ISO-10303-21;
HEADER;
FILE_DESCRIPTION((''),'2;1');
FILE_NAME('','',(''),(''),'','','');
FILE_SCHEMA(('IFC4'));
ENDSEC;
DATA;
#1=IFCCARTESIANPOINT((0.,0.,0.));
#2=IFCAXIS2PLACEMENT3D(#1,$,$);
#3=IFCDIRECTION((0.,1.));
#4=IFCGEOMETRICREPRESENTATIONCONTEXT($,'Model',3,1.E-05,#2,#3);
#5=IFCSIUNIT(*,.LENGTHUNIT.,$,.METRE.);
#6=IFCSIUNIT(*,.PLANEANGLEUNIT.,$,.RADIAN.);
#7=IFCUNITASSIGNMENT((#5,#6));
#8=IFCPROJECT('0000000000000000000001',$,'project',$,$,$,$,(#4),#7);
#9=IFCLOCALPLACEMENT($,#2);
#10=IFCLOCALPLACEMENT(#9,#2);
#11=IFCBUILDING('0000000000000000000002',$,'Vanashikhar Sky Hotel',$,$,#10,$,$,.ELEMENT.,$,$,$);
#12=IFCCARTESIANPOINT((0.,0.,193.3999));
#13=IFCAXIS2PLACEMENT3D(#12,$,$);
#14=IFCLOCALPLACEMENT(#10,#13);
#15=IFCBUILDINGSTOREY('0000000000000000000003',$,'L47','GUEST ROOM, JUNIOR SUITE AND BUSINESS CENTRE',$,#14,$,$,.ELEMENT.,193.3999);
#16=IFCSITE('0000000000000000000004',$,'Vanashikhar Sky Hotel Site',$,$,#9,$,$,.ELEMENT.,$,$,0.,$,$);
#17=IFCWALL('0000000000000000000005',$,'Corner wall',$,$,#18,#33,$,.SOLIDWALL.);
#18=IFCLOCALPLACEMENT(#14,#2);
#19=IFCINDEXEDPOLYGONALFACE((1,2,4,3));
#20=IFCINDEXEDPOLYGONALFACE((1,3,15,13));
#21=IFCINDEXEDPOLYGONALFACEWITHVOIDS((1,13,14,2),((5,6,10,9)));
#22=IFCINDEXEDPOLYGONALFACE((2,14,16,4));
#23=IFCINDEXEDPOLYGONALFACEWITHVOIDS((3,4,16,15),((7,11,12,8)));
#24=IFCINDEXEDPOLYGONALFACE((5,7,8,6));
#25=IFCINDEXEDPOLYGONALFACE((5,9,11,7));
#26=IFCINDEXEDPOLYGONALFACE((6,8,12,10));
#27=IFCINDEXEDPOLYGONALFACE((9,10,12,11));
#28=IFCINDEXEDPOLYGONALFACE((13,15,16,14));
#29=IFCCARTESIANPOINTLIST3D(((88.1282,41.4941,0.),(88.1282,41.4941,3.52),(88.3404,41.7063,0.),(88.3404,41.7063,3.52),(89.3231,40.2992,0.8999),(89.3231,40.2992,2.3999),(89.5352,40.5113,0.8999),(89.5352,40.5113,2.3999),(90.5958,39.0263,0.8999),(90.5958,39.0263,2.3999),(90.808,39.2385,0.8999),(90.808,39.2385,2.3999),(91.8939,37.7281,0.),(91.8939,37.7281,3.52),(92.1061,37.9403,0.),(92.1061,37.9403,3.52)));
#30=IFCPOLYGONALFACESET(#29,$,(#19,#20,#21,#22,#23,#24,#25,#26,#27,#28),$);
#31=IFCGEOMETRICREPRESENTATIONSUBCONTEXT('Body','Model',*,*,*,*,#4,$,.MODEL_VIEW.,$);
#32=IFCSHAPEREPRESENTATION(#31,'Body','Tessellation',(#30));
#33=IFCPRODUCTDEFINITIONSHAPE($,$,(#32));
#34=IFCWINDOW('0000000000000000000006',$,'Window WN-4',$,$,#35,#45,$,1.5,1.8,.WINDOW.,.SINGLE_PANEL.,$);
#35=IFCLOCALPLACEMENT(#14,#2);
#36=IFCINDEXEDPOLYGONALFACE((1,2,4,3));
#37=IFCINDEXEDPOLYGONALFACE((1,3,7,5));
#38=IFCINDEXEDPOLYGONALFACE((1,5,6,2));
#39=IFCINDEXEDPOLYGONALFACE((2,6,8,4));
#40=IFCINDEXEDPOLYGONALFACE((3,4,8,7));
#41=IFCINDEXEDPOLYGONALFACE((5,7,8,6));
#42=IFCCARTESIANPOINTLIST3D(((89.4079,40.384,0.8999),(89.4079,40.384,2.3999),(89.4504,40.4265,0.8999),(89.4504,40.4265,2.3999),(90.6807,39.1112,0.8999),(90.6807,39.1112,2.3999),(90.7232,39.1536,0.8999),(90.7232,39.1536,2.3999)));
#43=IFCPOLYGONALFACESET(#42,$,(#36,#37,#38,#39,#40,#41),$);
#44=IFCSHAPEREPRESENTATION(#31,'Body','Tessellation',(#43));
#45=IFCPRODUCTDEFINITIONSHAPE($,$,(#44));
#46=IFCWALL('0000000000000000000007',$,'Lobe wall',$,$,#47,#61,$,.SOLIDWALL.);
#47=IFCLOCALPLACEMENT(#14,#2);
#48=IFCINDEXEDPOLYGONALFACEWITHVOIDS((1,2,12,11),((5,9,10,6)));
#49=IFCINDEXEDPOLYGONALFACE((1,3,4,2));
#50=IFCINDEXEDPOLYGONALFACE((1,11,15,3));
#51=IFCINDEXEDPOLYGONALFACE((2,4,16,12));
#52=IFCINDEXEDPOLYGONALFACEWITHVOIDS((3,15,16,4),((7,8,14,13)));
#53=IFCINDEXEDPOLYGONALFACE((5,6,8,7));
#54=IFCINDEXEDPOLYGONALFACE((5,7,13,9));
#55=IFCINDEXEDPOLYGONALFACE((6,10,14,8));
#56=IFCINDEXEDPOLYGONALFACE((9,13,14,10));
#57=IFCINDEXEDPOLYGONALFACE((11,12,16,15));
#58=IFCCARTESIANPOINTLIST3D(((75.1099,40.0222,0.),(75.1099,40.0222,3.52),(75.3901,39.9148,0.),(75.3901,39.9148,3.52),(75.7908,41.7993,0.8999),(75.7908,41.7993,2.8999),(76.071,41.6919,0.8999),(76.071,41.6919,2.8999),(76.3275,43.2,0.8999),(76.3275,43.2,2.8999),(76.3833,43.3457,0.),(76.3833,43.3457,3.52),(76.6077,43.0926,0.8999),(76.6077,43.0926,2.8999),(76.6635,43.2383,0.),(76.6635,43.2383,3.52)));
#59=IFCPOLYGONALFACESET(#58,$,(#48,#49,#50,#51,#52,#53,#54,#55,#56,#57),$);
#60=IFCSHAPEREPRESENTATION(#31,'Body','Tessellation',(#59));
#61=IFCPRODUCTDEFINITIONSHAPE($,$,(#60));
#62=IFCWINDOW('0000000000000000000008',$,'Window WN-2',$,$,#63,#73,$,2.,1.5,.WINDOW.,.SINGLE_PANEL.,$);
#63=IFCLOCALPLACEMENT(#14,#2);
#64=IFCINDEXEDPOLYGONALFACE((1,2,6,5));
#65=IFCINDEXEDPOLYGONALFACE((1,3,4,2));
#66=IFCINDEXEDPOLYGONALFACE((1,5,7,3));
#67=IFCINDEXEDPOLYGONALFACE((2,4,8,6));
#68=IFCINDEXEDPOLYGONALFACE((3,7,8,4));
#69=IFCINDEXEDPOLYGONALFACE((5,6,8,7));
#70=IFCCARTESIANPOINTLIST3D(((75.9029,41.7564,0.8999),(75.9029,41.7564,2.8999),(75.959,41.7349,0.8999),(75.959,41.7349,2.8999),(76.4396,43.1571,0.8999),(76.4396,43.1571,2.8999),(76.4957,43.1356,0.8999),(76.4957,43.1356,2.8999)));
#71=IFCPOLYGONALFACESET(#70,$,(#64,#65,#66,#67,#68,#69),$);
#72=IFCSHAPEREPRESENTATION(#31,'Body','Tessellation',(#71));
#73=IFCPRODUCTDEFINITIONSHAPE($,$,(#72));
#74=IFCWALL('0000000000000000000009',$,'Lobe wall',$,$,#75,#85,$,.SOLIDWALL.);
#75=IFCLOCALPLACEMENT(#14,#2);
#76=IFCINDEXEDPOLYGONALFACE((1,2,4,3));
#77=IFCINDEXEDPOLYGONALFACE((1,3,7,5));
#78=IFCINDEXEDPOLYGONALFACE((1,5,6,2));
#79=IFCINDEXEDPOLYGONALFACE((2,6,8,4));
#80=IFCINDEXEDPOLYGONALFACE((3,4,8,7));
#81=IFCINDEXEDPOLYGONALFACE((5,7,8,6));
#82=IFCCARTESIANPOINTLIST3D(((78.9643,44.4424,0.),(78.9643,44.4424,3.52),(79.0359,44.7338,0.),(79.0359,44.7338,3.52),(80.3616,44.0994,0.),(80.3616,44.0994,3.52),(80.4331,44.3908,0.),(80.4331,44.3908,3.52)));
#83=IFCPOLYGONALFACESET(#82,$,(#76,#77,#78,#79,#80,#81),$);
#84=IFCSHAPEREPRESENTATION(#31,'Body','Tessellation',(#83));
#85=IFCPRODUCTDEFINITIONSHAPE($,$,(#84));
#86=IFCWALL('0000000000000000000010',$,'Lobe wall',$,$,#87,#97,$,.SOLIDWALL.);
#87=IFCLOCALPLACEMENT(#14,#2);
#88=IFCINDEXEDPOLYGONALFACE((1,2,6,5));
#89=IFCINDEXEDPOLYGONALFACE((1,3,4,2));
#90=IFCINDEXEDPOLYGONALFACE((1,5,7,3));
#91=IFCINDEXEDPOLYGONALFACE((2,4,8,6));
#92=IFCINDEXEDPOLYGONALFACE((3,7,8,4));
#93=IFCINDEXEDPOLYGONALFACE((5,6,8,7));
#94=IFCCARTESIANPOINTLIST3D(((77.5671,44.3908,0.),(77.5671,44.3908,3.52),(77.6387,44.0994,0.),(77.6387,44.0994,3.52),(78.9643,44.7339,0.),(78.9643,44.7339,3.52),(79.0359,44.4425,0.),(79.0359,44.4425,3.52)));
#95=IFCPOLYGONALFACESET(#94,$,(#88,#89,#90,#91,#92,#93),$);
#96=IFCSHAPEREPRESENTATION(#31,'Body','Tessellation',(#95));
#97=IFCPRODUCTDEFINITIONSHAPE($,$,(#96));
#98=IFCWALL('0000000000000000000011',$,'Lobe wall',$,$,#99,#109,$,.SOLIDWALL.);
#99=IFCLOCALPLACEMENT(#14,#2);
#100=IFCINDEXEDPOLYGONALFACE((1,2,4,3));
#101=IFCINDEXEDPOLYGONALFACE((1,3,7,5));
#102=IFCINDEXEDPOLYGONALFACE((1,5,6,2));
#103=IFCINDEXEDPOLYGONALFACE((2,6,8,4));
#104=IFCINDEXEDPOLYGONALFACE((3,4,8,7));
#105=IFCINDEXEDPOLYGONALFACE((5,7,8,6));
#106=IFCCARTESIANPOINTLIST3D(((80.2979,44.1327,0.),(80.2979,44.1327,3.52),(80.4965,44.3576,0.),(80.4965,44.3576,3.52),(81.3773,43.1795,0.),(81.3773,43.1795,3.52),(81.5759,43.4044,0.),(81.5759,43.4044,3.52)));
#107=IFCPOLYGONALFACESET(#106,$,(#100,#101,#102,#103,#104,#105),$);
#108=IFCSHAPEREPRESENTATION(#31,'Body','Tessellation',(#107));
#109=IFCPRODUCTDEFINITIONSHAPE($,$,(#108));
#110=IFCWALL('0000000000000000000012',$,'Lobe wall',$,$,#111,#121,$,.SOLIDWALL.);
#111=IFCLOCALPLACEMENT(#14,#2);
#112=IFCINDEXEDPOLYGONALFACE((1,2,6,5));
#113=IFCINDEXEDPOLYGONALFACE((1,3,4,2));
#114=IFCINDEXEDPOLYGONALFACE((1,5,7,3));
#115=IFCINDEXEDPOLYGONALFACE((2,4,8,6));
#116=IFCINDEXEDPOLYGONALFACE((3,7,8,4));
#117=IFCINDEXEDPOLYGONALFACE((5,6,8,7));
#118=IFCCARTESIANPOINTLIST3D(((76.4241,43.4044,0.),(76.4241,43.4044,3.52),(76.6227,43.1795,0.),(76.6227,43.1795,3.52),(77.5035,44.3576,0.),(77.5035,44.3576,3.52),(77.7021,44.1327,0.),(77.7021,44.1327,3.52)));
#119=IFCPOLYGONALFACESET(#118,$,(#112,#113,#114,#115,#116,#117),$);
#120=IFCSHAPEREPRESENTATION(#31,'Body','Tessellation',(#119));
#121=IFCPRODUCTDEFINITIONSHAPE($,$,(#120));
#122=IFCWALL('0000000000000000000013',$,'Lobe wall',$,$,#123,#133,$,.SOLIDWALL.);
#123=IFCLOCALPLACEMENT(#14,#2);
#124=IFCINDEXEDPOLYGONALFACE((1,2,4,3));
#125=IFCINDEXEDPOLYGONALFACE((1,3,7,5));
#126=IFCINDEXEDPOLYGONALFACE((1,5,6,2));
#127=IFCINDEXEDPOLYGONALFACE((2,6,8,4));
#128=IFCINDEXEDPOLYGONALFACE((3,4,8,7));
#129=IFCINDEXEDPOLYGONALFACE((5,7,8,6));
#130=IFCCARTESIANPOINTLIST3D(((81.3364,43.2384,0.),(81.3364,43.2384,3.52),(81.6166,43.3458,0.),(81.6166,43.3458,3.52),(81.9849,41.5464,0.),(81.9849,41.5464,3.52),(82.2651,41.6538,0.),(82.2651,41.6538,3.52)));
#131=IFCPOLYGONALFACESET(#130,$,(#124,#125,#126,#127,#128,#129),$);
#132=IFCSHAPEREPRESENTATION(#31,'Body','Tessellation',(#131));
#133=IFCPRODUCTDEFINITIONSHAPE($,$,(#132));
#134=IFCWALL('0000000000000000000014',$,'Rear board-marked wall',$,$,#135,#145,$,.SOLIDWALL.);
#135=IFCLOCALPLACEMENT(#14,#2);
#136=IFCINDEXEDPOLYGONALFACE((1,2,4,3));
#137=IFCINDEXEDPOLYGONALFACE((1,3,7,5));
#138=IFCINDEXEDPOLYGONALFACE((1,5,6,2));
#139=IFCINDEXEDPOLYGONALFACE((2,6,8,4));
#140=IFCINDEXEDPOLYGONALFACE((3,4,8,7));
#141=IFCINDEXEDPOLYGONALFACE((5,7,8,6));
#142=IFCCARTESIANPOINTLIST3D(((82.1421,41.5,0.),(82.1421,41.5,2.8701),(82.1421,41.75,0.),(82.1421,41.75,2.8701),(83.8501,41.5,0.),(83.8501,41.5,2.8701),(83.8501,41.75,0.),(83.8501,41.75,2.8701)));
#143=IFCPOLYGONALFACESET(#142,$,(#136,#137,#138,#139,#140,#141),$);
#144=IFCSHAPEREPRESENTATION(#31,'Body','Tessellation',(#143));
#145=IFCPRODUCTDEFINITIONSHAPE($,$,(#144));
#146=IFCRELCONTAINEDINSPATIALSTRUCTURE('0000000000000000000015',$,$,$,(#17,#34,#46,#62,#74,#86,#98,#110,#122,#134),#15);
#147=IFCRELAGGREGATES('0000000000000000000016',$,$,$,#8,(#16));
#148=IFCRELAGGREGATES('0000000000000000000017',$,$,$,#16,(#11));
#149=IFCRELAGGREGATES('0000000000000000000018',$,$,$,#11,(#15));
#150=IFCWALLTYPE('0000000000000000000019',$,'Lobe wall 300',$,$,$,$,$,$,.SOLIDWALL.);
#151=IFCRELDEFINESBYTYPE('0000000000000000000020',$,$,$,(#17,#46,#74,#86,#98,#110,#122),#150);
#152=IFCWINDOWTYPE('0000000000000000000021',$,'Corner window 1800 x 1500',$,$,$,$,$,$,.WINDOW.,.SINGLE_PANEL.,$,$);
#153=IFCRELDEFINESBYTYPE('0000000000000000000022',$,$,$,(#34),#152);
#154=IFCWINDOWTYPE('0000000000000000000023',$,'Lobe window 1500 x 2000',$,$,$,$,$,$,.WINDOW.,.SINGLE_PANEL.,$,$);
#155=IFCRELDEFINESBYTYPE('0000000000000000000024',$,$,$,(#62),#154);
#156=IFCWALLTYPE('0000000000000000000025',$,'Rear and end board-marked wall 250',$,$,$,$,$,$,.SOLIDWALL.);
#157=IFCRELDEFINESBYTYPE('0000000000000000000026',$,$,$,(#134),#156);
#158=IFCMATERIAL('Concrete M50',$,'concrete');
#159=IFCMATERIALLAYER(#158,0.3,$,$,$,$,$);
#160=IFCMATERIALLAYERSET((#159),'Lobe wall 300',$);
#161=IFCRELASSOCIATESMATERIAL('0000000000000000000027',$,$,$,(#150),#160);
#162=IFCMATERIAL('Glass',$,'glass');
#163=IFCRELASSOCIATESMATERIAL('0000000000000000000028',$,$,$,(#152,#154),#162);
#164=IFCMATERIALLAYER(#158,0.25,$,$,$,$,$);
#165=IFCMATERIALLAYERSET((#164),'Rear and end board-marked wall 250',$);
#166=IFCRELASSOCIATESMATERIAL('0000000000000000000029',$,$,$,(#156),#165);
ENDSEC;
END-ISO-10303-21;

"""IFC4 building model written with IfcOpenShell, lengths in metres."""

from ifc_helpers import new_model, si_unit, direction, frame, frame_2d, origin, place, context, subcontext, project, spatial, rectangle, extrude, source, transform, mapped, material, layer, layer_set, type_object, element, fill, save


model = new_model("IFC4")

# Units and contexts
model_context = context("Model", 3, precision=1e-05, world=origin(), true_north=direction((0.0, 1.0)))
body_context = subcontext(model_context, "Body", "Model", "MODEL_VIEW")
ifc_project = project(units=[si_unit("LENGTHUNIT", "METRE"), si_unit("PLANEANGLEUNIT", "RADIAN")], contexts=[model_context])

# Site, building, storey
site_placement = place(None, origin())
site = spatial("IfcSite", under=ifc_project, at=site_placement, Name="Vanashikhar Sky Hotel Site", CompositionType="ELEMENT", RefElevation=0.0)
building_placement = place(site_placement, origin())
building = spatial("IfcBuilding", under=site, at=building_placement, Name="Vanashikhar Sky Hotel", CompositionType="ELEMENT")
storey_placement = place(building_placement, frame((0.0, 0.0, 193.3999)))
storey = spatial("IfcBuildingStorey", under=building, at=storey_placement, Name="L47", Description="GUEST ROOM, JUNIOR SUITE AND BUSINESS CENTRE", CompositionType="ELEMENT", Elevation=193.3999)

# Walls, openings, windows
ifc_material_1 = material(Name="Concrete M50", Category="concrete")
ifc_layer_1 = layer(ifc_material_1, 0.3)
ifc_layer_set_1 = layer_set([ifc_layer_1], Name="Lobe wall 300")
wall_type_1 = type_object("IfcWallType", Name="Lobe wall 300", PredefinedType="SOLIDWALL", material=ifc_layer_set_1)
shared_shape_1 = source(origin(), body_context, "Body", "SweptSolid", [
    extrude(rectangle(XDim=5.3257, YDim=0.3, at=frame_2d((2.6628, 0.0))), origin(), (0.0, 0.0, 1.0), 3.52),
])
wall_1_placement = place(storey_placement, frame((92.0, 37.8342, 0.0), z_axis=(0.0, 0.0, 1.0), x_axis=(-0.707084, 0.70713, 0.0)))
wall_1 = element("IfcWall", 1, at=wall_1_placement, inside=storey, type_object=wall_type_1, Name="Corner wall", PredefinedType="SOLIDWALL", context=body_context, shape_type="MappedRepresentation", body=[
    mapped(shared_shape_1, transform((0.0, 0.0, 0.0), scale=1.0)),
])
shared_shape_2 = source(origin(), body_context, "Body", "SweptSolid", [
    extrude(rectangle(XDim=1.8, YDim=1.5, at=frame_2d((0.8999, 0.75))), frame((0.0, 0.1602, 0.0), z_axis=(0.0, -1.0, 0.0), x_axis=(1.0, 0.0, 0.0)), (0.0, 0.0, 1.0), 0.3201),
])
opening_1_placement = place(wall_1_placement, frame((1.8359, 0.0, 0.8999)))
opening_1 = element("IfcOpeningElement", 2, at=opening_1_placement, cuts=wall_1, PredefinedType="OPENING", context=body_context, shape_type="MappedRepresentation", body=[
    mapped(shared_shape_2, transform((0.0, 0.0, 0.0), scale=1.0)),
])
ifc_material_2 = material(Name="Glass", Category="glass")
window_type_1 = type_object("IfcWindowType", Name="Corner window 1800 x 1500", PartitioningType="SINGLE_PANEL", PredefinedType="WINDOW", material=ifc_material_2)
shared_shape_3 = source(origin(), body_context, "Body", "SweptSolid", [
    extrude(rectangle(XDim=1.8, YDim=1.5, at=frame_2d((0.8999, 0.75))), frame((0.0, 0.03, 0.0), z_axis=(0.0, -1.0, 0.0), x_axis=(1.0, 0.0, 0.0)), (0.0, 0.0, 1.0), 0.0601),
])
window_1_placement = place(opening_1_placement, origin())
window_1 = element("IfcWindow", 3, at=window_1_placement, inside=storey, type_object=window_type_1, Name="Window WN-4", OverallHeight=1.5, OverallWidth=1.8, PartitioningType="SINGLE_PANEL", PredefinedType="WINDOW", context=body_context, shape_type="MappedRepresentation", body=[
    mapped(shared_shape_3, transform((0.0, 0.0, 0.0), scale=1.0)),
])
fill(opening_1, window_1)
shared_shape_4 = source(origin(), body_context, "Body", "SweptSolid", [
    extrude(rectangle(XDim=3.5591, YDim=0.3, at=frame_2d((1.7795, 0.0))), origin(), (0.0, 0.0, 1.0), 3.52),
])
wall_2_placement = place(storey_placement, frame((76.5234, 43.292, 0.0), z_axis=(0.0, 0.0, 1.0), x_axis=(-0.357797, -0.933799, 0.0)))
wall_2 = element("IfcWall", 4, at=wall_2_placement, inside=storey, type_object=wall_type_1, Name="Lobe wall", PredefinedType="SOLIDWALL", context=body_context, shape_type="MappedRepresentation", body=[
    mapped(shared_shape_4, transform((0.0, 0.0, 0.0), scale=1.0)),
])
shared_shape_5 = source(origin(), body_context, "Body", "SweptSolid", [
    extrude(rectangle(XDim=1.5, YDim=2.0, at=frame_2d((0.75, 1.0))), frame((0.0, 0.1602, 0.0), z_axis=(0.0, -1.0, 0.0), x_axis=(1.0, 0.0, 0.0)), (0.0, 0.0, 1.0), 0.3201),
])
opening_2_placement = place(wall_2_placement, frame((0.156, 0.0, 0.8999)))
opening_2 = element("IfcOpeningElement", 5, at=opening_2_placement, cuts=wall_2, PredefinedType="OPENING", context=body_context, shape_type="MappedRepresentation", body=[
    mapped(shared_shape_5, transform((0.0, 0.0, 0.0), scale=1.0)),
])
window_type_2 = type_object("IfcWindowType", Name="Lobe window 1500 x 2000", PartitioningType="SINGLE_PANEL", PredefinedType="WINDOW", material=ifc_material_2)
shared_shape_6 = source(origin(), body_context, "Body", "SweptSolid", [
    extrude(rectangle(XDim=1.5, YDim=2.0, at=frame_2d((0.75, 1.0))), frame((0.0, 0.03, 0.0), z_axis=(0.0, -1.0, 0.0), x_axis=(1.0, 0.0, 0.0)), (0.0, 0.0, 1.0), 0.0601),
])
window_2_placement = place(opening_2_placement, origin())
window_2 = element("IfcWindow", 6, at=window_2_placement, inside=storey, type_object=window_type_2, Name="Window WN-2", OverallHeight=2.0, OverallWidth=1.5, PartitioningType="SINGLE_PANEL", PredefinedType="WINDOW", context=body_context, shape_type="MappedRepresentation", body=[
    mapped(shared_shape_6, transform((0.0, 0.0, 0.0), scale=1.0)),
])
fill(opening_2, window_2)

# Walls
shared_shape_7 = source(origin(), body_context, "Body", "SweptSolid", [
    extrude(rectangle(XDim=1.4387, YDim=0.3, at=frame_2d((0.7192, 0.0))), origin(), (0.0, 0.0, 1.0), 3.52),
])
for number, where, z_axis, x_axis, name in (
    (7, (80.3972, 44.2451, 0.0), (0.0, 0.0, 1.0), (-0.971162, 0.238421, 0.0), "Lobe wall"),
    (8, (79.0, 44.5881, 0.0), (0.0, 0.0, 1.0), (-0.971162, -0.238421, 0.0), "Lobe wall"),
):
    element("IfcWall", number, at=place(storey_placement, frame(where, z_axis=z_axis, x_axis=x_axis)), inside=storey, type_object=wall_type_1, Name=name, PredefinedType="SOLIDWALL", context=body_context, shape_type="MappedRepresentation", body=[
        mapped(shared_shape_7, transform((0.0, 0.0, 0.0), scale=1.0)),
    ])
shared_shape_8 = source(origin(), body_context, "Body", "SweptSolid", [
    extrude(rectangle(XDim=1.4399, YDim=0.3, at=frame_2d((0.72, 0.0))), origin(), (0.0, 0.0, 1.0), 3.52),
])
for number, where, z_axis, x_axis, name in (
    (9, (81.4766, 43.292, 0.0), (0.0, 0.0, 1.0), (-0.749576, 0.661919, 0.0), "Lobe wall"),
    (10, (77.6028, 44.2451, 0.0), (0.0, 0.0, 1.0), (-0.749576, -0.661919, 0.0), "Lobe wall"),
):
    element("IfcWall", number, at=place(storey_placement, frame(where, z_axis=z_axis, x_axis=x_axis)), inside=storey, type_object=wall_type_1, Name=name, PredefinedType="SOLIDWALL", context=body_context, shape_type="MappedRepresentation", body=[
        mapped(shared_shape_8, transform((0.0, 0.0, 0.0), scale=1.0)),
    ])
shared_shape_9 = source(origin(), body_context, "Body", "SweptSolid", [
    extrude(rectangle(XDim=1.812, YDim=0.3, at=frame_2d((0.906, 0.0))), origin(), (0.0, 0.0, 1.0), 3.52),
])
wall_3_placement = place(storey_placement, frame((82.125, 41.6001, 0.0), z_axis=(0.0, 0.0, 1.0), x_axis=(-0.357877, 0.933769, 0.0)))
element("IfcWall", 11, at=wall_3_placement, inside=storey, type_object=wall_type_1, Name="Lobe wall", PredefinedType="SOLIDWALL", context=body_context, shape_type="MappedRepresentation", body=[
    mapped(shared_shape_9, transform((0.0, 0.0, 0.0), scale=1.0)),
])
ifc_layer_2 = layer(ifc_material_1, 0.25)
ifc_layer_set_2 = layer_set([ifc_layer_2], Name="Rear and end board-marked wall 250")
wall_type_2 = type_object("IfcWallType", Name="Rear and end board-marked wall 250", PredefinedType="SOLIDWALL", material=ifc_layer_set_2)
shared_shape_10 = source(origin(), body_context, "Body", "SweptSolid", [
    extrude(rectangle(XDim=1.708, YDim=0.25, at=frame_2d((0.854, 0.0))), origin(), (0.0, 0.0, 1.0), 2.8701),
])
wall_4_placement = place(storey_placement, frame((83.8501, 41.625, 0.0), z_axis=(0.0, 0.0, 1.0), x_axis=(-1.0, 0.0, 0.0)))
element("IfcWall", 12, at=wall_4_placement, inside=storey, type_object=wall_type_2, Name="Rear board-marked wall", PredefinedType="SOLIDWALL", context=body_context, shape_type="MappedRepresentation", body=[
    mapped(shared_shape_10, transform((0.0, 0.0, 0.0), scale=1.0)),
])

save(model, "model.ifc")
